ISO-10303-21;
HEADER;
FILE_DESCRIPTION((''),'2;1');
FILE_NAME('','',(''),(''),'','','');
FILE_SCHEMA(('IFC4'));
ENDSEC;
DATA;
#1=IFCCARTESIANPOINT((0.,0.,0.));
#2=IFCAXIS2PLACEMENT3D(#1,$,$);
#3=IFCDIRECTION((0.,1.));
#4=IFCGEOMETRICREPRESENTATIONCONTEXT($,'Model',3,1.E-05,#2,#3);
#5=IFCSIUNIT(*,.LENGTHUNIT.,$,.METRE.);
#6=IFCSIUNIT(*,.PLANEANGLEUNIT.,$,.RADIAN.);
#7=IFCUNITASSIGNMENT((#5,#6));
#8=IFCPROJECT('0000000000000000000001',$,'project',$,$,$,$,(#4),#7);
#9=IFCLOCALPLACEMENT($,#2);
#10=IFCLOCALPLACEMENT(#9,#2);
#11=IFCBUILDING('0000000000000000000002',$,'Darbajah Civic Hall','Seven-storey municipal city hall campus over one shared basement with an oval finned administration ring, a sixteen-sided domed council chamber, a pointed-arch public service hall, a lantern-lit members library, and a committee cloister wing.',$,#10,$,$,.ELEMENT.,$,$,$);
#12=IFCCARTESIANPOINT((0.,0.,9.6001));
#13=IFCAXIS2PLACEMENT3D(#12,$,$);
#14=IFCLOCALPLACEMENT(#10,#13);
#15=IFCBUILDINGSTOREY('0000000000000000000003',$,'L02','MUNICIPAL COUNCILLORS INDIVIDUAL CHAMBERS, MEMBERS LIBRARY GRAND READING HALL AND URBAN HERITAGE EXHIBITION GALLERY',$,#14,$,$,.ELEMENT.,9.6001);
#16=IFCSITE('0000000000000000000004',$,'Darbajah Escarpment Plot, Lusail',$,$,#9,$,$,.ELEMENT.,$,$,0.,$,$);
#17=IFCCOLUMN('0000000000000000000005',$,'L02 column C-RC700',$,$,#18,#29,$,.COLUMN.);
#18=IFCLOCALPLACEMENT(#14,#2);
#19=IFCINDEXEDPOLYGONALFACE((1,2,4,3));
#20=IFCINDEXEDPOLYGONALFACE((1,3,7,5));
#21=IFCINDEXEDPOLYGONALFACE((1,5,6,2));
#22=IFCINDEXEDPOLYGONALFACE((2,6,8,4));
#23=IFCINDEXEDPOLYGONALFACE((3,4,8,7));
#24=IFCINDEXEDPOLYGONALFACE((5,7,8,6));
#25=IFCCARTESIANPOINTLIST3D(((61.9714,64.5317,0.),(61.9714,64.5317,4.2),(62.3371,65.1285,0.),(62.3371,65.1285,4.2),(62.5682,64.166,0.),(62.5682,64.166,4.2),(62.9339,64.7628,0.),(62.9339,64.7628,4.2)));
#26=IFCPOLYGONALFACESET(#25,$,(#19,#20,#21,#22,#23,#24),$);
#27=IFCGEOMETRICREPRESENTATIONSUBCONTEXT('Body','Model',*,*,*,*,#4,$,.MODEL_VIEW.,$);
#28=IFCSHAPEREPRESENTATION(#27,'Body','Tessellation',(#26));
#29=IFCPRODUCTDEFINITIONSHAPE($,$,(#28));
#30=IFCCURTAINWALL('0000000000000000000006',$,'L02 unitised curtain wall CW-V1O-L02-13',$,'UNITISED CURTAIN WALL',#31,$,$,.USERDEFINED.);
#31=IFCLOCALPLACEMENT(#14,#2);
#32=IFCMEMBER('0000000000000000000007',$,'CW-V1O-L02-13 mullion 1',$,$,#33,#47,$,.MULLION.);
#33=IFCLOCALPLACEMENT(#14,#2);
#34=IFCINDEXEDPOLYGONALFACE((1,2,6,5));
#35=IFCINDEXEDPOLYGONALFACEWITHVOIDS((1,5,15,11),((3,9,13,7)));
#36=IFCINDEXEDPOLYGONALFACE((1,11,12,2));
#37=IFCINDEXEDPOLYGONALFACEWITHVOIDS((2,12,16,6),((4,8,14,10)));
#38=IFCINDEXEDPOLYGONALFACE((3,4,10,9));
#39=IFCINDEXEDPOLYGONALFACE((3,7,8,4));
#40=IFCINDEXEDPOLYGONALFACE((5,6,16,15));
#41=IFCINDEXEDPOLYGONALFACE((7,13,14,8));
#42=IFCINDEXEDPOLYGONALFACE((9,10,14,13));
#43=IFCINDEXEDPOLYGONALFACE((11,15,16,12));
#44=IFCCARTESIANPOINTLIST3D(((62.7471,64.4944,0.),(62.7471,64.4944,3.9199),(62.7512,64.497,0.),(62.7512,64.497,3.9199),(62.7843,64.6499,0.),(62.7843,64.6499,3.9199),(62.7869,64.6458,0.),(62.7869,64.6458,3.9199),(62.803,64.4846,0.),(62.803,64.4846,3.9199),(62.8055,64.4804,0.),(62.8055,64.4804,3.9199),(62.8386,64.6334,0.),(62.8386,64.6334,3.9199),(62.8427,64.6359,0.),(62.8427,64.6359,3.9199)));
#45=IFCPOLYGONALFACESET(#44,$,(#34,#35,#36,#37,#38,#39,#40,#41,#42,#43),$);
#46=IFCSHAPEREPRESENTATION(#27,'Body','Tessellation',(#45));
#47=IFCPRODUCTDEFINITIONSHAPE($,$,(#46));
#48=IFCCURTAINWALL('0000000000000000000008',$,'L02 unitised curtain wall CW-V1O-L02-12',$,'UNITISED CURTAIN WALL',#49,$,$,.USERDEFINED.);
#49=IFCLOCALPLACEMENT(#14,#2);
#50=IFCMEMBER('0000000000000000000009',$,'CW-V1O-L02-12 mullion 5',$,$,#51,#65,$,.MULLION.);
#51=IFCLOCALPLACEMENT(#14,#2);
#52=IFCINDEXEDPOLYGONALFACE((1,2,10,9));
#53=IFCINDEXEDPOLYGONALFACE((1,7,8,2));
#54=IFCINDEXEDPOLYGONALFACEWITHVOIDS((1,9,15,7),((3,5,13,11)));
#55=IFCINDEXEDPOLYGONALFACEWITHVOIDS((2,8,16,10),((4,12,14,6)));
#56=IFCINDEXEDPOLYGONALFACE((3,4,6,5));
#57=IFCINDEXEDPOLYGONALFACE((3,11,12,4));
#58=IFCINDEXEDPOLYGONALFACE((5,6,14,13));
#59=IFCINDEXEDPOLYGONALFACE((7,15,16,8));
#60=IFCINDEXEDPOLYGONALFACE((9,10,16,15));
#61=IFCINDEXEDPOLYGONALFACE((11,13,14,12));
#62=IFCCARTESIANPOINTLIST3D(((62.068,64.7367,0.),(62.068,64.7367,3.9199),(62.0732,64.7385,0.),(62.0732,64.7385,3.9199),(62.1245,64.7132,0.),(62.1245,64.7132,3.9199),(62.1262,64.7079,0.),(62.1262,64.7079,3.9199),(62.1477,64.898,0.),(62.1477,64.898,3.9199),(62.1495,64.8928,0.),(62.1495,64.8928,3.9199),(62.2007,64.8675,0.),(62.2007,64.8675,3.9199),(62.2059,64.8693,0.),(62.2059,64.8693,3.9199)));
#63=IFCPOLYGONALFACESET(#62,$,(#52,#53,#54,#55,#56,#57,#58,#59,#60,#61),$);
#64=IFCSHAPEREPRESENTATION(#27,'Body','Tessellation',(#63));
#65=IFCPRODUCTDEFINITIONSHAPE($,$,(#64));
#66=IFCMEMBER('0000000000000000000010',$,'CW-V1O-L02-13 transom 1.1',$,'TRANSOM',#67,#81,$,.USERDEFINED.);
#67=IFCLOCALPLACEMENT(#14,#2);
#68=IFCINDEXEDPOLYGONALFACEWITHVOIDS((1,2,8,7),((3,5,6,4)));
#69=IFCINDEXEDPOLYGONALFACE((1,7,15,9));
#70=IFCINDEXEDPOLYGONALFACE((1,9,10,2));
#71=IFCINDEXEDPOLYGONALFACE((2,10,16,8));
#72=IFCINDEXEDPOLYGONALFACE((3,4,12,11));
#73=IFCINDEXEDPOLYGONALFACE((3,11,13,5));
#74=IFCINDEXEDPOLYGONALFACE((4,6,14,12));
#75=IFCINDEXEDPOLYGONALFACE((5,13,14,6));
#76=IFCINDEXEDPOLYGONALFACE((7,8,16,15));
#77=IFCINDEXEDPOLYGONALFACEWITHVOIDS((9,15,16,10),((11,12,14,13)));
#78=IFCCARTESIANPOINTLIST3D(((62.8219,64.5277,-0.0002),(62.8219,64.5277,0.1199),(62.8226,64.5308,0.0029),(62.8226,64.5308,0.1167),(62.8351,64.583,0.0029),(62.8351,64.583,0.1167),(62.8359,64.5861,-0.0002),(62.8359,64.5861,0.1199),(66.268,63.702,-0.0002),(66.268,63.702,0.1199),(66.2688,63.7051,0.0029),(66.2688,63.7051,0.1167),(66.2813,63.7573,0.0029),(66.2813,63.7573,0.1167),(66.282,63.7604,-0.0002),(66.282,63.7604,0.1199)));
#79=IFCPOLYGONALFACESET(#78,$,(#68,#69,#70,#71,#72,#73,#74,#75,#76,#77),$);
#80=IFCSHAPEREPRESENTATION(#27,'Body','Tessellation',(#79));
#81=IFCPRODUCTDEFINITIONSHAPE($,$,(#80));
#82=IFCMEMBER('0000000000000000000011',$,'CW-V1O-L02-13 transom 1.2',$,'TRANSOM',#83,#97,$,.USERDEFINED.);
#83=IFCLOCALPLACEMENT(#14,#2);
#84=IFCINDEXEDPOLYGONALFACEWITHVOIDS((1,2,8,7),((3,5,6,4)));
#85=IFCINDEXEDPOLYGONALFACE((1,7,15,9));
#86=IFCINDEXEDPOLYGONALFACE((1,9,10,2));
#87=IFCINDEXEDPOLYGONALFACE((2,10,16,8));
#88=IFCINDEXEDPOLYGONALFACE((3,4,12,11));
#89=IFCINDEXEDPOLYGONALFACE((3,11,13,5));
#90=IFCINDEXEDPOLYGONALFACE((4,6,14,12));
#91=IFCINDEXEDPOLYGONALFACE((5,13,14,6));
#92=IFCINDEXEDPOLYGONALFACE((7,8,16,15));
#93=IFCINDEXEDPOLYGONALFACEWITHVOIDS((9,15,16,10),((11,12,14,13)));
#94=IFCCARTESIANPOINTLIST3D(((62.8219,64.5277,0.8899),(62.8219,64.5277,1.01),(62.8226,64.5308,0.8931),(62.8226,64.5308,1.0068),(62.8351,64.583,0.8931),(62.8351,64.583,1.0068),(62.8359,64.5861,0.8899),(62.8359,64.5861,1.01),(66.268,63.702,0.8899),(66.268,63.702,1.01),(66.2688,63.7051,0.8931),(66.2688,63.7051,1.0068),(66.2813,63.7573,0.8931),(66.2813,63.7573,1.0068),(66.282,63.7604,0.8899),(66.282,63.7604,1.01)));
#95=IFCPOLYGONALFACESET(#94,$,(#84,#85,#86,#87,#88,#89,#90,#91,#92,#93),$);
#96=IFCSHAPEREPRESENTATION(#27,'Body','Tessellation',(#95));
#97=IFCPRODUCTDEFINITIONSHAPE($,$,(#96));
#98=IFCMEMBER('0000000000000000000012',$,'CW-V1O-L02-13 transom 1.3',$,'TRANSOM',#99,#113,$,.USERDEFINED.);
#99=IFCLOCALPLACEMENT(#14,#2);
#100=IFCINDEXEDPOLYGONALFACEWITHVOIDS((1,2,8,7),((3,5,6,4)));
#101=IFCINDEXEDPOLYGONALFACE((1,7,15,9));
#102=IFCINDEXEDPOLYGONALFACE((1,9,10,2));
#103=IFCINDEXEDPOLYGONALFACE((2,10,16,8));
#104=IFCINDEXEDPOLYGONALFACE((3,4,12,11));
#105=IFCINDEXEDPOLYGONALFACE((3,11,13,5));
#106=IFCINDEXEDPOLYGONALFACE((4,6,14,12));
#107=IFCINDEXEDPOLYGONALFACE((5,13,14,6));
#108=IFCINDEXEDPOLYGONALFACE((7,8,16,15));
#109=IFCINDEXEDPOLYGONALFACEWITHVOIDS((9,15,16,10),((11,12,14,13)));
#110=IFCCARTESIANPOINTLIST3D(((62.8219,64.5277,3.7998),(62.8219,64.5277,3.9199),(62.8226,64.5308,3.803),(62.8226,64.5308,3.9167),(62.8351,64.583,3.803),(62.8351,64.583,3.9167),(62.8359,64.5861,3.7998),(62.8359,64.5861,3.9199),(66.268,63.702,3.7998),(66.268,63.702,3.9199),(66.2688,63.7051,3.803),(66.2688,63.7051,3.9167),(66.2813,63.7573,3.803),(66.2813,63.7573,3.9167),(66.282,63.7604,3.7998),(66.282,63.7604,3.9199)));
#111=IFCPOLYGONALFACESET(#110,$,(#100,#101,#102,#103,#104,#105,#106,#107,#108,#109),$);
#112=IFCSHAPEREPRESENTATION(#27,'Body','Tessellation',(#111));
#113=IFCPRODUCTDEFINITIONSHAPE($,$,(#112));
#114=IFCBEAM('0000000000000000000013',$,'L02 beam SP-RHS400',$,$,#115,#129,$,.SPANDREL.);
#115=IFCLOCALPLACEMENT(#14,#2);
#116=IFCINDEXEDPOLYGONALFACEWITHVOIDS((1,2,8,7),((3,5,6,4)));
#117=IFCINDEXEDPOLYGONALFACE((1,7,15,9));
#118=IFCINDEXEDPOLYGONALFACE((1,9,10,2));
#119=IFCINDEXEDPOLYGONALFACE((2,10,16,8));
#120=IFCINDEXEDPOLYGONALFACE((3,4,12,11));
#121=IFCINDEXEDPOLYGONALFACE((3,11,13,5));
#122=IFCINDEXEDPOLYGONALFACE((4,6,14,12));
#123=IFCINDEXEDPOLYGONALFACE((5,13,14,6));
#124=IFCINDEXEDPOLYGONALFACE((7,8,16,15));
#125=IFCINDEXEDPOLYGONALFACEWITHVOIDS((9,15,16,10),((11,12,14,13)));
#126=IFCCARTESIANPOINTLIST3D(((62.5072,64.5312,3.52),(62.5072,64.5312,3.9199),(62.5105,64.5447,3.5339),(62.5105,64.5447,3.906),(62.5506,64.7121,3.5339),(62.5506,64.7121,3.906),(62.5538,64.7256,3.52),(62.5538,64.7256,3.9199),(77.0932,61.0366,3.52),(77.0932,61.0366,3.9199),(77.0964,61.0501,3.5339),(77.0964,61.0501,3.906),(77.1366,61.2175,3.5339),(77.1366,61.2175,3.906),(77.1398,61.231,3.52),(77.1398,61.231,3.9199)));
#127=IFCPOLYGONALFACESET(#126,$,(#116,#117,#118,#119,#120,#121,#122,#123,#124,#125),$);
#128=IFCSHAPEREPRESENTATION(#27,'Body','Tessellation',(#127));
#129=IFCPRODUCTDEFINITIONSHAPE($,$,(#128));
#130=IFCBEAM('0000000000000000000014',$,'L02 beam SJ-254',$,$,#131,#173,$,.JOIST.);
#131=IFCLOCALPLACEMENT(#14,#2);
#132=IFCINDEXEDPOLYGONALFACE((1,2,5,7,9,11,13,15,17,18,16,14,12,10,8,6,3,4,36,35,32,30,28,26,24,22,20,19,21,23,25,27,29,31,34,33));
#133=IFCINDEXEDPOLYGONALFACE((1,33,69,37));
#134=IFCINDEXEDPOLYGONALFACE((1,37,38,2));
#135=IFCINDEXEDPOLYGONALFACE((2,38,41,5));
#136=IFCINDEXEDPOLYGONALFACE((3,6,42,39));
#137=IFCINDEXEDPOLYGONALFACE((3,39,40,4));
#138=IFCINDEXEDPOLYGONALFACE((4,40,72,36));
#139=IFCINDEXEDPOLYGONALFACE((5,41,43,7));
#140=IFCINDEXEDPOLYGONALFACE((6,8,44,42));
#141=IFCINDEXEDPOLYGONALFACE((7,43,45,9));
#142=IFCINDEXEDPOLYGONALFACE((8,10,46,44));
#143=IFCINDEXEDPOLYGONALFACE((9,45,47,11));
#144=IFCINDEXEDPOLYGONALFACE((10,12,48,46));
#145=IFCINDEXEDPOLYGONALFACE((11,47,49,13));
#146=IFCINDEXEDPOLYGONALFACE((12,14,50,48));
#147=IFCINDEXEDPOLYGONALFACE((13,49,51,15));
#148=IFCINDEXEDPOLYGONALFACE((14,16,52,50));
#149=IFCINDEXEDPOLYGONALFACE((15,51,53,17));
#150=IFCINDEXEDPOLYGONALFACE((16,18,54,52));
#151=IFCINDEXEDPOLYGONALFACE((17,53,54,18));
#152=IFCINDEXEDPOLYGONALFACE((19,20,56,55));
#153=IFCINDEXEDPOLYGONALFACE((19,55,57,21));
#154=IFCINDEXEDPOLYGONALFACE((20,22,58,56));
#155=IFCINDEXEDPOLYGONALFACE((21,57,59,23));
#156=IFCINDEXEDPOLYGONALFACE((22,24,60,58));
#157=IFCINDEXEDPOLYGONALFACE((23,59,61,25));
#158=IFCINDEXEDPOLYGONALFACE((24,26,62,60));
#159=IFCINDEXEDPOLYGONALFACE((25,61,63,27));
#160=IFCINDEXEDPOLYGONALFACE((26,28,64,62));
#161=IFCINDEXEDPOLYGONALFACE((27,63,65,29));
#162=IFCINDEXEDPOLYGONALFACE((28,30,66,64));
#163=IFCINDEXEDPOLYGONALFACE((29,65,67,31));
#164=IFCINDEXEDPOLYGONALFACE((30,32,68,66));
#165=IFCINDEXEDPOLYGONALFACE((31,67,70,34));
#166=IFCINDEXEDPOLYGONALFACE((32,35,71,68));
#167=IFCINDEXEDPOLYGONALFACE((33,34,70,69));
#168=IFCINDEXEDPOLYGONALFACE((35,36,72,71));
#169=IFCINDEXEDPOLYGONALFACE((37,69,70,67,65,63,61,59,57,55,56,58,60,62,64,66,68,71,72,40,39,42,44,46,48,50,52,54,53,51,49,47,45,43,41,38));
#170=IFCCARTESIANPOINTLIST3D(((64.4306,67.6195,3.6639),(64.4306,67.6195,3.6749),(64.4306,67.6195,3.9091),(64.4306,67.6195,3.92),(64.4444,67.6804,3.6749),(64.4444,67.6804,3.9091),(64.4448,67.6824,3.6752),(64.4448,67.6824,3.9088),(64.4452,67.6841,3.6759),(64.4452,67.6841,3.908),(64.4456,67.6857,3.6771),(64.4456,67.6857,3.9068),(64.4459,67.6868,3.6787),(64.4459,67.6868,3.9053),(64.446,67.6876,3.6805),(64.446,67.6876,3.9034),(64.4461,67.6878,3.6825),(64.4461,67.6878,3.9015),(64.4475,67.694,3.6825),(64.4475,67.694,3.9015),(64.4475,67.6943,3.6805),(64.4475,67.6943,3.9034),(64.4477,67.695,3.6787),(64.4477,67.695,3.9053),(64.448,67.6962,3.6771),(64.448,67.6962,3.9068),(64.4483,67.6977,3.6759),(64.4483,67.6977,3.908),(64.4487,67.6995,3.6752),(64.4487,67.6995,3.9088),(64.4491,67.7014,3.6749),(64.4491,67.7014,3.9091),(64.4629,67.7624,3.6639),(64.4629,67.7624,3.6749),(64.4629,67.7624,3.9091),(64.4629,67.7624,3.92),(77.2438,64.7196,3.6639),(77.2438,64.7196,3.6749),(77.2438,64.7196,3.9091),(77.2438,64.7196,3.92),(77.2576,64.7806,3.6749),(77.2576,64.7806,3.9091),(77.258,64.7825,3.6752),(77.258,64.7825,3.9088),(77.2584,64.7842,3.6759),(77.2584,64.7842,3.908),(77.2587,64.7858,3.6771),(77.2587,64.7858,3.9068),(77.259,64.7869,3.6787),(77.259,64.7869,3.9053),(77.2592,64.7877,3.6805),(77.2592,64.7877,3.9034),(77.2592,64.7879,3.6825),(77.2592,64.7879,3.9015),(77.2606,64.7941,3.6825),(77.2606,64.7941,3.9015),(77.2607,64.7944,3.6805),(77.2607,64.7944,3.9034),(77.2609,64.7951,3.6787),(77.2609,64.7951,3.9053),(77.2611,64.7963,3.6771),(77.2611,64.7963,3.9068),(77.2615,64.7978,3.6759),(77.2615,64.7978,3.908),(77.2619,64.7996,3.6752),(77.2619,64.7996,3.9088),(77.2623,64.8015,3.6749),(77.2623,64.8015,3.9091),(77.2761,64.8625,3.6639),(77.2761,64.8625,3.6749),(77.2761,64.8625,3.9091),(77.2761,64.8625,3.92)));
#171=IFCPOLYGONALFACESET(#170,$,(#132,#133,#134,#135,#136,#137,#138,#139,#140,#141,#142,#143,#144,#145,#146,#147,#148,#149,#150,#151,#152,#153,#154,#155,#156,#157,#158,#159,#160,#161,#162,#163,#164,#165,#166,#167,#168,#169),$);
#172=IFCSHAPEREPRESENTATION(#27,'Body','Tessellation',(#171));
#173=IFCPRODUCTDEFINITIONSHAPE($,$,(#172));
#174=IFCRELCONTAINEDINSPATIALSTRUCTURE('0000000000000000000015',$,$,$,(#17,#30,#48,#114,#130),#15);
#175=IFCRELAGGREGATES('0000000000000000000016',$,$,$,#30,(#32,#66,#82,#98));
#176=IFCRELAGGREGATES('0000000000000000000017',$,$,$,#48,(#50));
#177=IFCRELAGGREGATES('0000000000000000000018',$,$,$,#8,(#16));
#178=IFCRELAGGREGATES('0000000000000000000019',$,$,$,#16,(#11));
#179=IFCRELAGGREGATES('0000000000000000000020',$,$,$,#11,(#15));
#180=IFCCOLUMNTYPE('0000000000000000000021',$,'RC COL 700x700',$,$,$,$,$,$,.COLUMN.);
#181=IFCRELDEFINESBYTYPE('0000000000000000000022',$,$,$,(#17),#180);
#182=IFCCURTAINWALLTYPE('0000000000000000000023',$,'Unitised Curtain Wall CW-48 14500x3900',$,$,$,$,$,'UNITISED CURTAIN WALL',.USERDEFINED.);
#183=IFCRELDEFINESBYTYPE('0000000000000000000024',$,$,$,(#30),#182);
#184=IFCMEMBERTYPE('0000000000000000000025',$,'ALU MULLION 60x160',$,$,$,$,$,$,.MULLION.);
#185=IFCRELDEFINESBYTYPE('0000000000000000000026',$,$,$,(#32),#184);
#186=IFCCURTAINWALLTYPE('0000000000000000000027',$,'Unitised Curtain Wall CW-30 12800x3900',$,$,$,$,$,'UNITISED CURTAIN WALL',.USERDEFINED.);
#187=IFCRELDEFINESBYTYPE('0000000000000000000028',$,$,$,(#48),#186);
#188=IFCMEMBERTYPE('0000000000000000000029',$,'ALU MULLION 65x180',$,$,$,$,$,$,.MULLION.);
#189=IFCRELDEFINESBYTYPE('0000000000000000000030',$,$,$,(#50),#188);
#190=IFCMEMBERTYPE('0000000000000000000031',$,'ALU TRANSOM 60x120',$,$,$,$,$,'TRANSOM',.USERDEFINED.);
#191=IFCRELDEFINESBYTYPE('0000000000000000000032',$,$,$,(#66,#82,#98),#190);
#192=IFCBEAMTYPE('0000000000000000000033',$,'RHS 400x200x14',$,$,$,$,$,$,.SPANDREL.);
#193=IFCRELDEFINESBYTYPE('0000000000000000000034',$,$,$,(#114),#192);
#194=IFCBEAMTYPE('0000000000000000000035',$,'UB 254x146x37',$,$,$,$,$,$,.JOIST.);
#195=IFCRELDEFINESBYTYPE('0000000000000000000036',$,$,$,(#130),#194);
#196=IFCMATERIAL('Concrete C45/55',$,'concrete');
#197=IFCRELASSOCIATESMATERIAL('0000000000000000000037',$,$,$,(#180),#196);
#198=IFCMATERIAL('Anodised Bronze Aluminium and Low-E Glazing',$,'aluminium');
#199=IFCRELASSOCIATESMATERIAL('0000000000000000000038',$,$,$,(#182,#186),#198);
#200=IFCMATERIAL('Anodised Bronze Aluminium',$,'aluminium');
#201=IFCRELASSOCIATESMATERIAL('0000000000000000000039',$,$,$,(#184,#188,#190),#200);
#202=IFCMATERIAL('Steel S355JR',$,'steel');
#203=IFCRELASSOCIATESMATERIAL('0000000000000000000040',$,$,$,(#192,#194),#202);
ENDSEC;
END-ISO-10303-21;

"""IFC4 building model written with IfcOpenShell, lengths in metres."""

from ifc_helpers import new_model, si_unit, direction, frame, origin, origin_2d, place, context, subcontext, project, spatial, rectangle, hollow_rectangle, i_section, extrude, material, material_profile, profile_set, type_object, element, aggregate, save


model = new_model("IFC4")

# Units and contexts
model_context = context("Model", 3, precision=1e-05, world=origin(), true_north=direction((0.0, 1.0)))
body_context = subcontext(model_context, "Body", "Model", "MODEL_VIEW")
ifc_project = project(units=[si_unit("LENGTHUNIT", "METRE"), si_unit("PLANEANGLEUNIT", "RADIAN")], contexts=[model_context])

# Site, building, storey
site_placement = place(None, origin())
site = spatial("IfcSite", under=ifc_project, at=site_placement, Name="Darbajah Escarpment Plot, Lusail", CompositionType="ELEMENT", RefElevation=0.0)
building_placement = place(site_placement, origin())
building = spatial("IfcBuilding", under=site, at=building_placement, Name="Darbajah Civic Hall", Description="Seven-storey municipal city hall campus over one shared basement with an oval finned administration ring, a sixteen-sided domed council chamber, a pointed-arch public service hall, a lantern-lit members library, and a committee cloister wing.", CompositionType="ELEMENT")
storey_placement = place(building_placement, frame((0.0, 0.0, 9.6001)))
storey = spatial("IfcBuildingStorey", under=building, at=storey_placement, Name="L02", Description="MUNICIPAL COUNCILLORS INDIVIDUAL CHAMBERS, MEMBERS LIBRARY GRAND READING HALL AND URBAN HERITAGE EXHIBITION GALLERY", CompositionType="ELEMENT", Elevation=9.6001)

# Column
ifc_material_1 = material(Name="Concrete C45/55", Category="concrete")
ifc_material_profile_1 = material_profile(ifc_material_1, rectangle(XDim=0.7, YDim=0.7, at=origin_2d()), Name="RC COL 700x700")
ifc_profile_set_1 = profile_set([ifc_material_profile_1], Name="Concrete C45/55")
column_type = type_object("IfcColumnType", Name="RC COL 700x700", PredefinedType="COLUMN", material=ifc_profile_set_1)
column_placement = place(storey_placement, frame((62.4526, 64.6472, 0.0), z_axis=(0.0, 0.0, 1.0), x_axis=(-0.522499, -0.85264, 0.0)))
element("IfcColumn", 1, at=column_placement, inside=storey, type_object=column_type, Name="L02 column C-RC700", PredefinedType="COLUMN", context=body_context, shape_type="SweptSolid", body=[
    extrude(rectangle(XDim=0.7, YDim=0.7, at=origin_2d()), origin(), (0.0, 0.0, 1.0), 4.2),
])

# Curtain walls, members
ifc_material_2 = material(Name="Anodised Bronze Aluminium and Low-E Glazing", Category="aluminium")
curtain_wall_type_1 = type_object("IfcCurtainWallType", Name="Unitised Curtain Wall CW-48 14500x3900", ElementType="UNITISED CURTAIN WALL", PredefinedType="USERDEFINED", material=ifc_material_2)
curtain_wall_1_placement = place(storey_placement, origin())
curtain_wall_1 = element("IfcCurtainWall", 2, at=curtain_wall_1_placement, inside=storey, type_object=curtain_wall_type_1, Name="L02 unitised curtain wall CW-V1O-L02-13", ObjectType="UNITISED CURTAIN WALL", PredefinedType="USERDEFINED")
ifc_material_3 = material(Name="Anodised Bronze Aluminium", Category="aluminium")
ifc_material_profile_2 = material_profile(ifc_material_3, hollow_rectangle(XDim=0.0601, YDim=0.1599, WallThickness=0.0034, at=origin_2d()), Name="ALU MULLION 60x160")
ifc_profile_set_2 = profile_set([ifc_material_profile_2], Name="Anodised Bronze Aluminium")
member_type_1 = type_object("IfcMemberType", Name="ALU MULLION 60x160", PredefinedType="MULLION", material=ifc_profile_set_2)
member_1_placement = place(storey_placement, frame((62.7949, 64.5652, 0.0), z_axis=(0.0, 0.0, 1.0), x_axis=(0.972492, -0.232936, 0.0)))
member_1 = element("IfcMember", 3, at=member_1_placement, type_object=member_type_1, Name="CW-V1O-L02-13 mullion 1", PredefinedType="MULLION", context=body_context, shape_type="SweptSolid", body=[
    extrude(hollow_rectangle(XDim=0.0601, YDim=0.1599, WallThickness=0.0034, at=origin_2d()), origin(), (0.0, 0.0, 1.0), 3.9199),
])
curtain_wall_type_2 = type_object("IfcCurtainWallType", Name="Unitised Curtain Wall CW-30 12800x3900", ElementType="UNITISED CURTAIN WALL", PredefinedType="USERDEFINED", material=ifc_material_2)
curtain_wall_2_placement = place(storey_placement, origin())
curtain_wall_2 = element("IfcCurtainWall", 4, at=curtain_wall_2_placement, inside=storey, type_object=curtain_wall_type_2, Name="L02 unitised curtain wall CW-V1O-L02-12", ObjectType="UNITISED CURTAIN WALL", PredefinedType="USERDEFINED")
ifc_material_profile_3 = material_profile(ifc_material_3, hollow_rectangle(XDim=0.0649, YDim=0.1799, WallThickness=0.0039, at=origin_2d()), Name="ALU MULLION 65x180")
ifc_profile_set_3 = profile_set([ifc_material_profile_3], Name="Anodised Bronze Aluminium")
member_type_2 = type_object("IfcMemberType", Name="ALU MULLION 65x180", PredefinedType="MULLION", material=ifc_profile_set_3)
member_2_placement = place(storey_placement, frame((62.137, 64.803, 0.0), z_axis=(0.0, 0.0, 1.0), x_axis=(0.896564, -0.442915, 0.0)))
member_2 = element("IfcMember", 5, at=member_2_placement, type_object=member_type_2, Name="CW-V1O-L02-12 mullion 5", PredefinedType="MULLION", context=body_context, shape_type="SweptSolid", body=[
    extrude(hollow_rectangle(XDim=0.0649, YDim=0.1799, WallThickness=0.0039, at=origin_2d()), origin(), (0.0, 0.0, 1.0), 3.9199),
])

# Members
ifc_material_profile_4 = material_profile(ifc_material_3, hollow_rectangle(XDim=0.0601, YDim=0.1201, WallThickness=0.0032, at=origin_2d()), Name="ALU TRANSOM 60x120")
ifc_profile_set_4 = profile_set([ifc_material_profile_4], Name="Anodised Bronze Aluminium")
member_type_3 = type_object("IfcMemberType", Name="ALU TRANSOM 60x120", ElementType="TRANSOM", PredefinedType="USERDEFINED", material=ifc_profile_set_4)
member_3_placement = place(storey_placement, frame((62.8289, 64.5569, 0.0598), z_axis=(0.972479, -0.232993, 0.0), x_axis=(0.232993, 0.972479, 0.0)))
member_3 = element("IfcMember", 6, at=member_3_placement, type_object=member_type_3, Name="CW-V1O-L02-13 transom 1.1", ObjectType="TRANSOM", PredefinedType="USERDEFINED", context=body_context, shape_type="SweptSolid", body=[
    extrude(hollow_rectangle(XDim=0.0601, YDim=0.1201, WallThickness=0.0032, at=origin_2d()), origin(), (0.0, 0.0, 1.0), 3.5437),
])
member_4_placement = place(storey_placement, frame((62.8289, 64.5569, 0.95), z_axis=(0.972479, -0.232993, 0.0), x_axis=(0.232993, 0.972479, 0.0)))
member_4 = element("IfcMember", 7, at=member_4_placement, type_object=member_type_3, Name="CW-V1O-L02-13 transom 1.2", ObjectType="TRANSOM", PredefinedType="USERDEFINED", context=body_context, shape_type="SweptSolid", body=[
    extrude(hollow_rectangle(XDim=0.0601, YDim=0.1201, WallThickness=0.0032, at=origin_2d()), origin(), (0.0, 0.0, 1.0), 3.5437),
])
member_5_placement = place(storey_placement, frame((62.8289, 64.5569, 3.8599), z_axis=(0.972479, -0.232993, 0.0), x_axis=(0.232993, 0.972479, 0.0)))
member_5 = element("IfcMember", 8, at=member_5_placement, type_object=member_type_3, Name="CW-V1O-L02-13 transom 1.3", ObjectType="TRANSOM", PredefinedType="USERDEFINED", context=body_context, shape_type="SweptSolid", body=[
    extrude(hollow_rectangle(XDim=0.0601, YDim=0.1201, WallThickness=0.0032, at=origin_2d()), origin(), (0.0, 0.0, 1.0), 3.5437),
])

# Beams
ifc_material_4 = material(Name="Steel S355JR", Category="steel")
ifc_material_profile_5 = material_profile(ifc_material_4, hollow_rectangle(XDim=0.2, YDim=0.3999, WallThickness=0.0139, at=origin_2d()), Name="RHS 400x200x14")
ifc_profile_set_5 = profile_set([ifc_material_profile_5], Name="Steel S355JR")
beam_type_1 = type_object("IfcBeamType", Name="RHS 400x200x14", PredefinedType="SPANDREL", material=ifc_profile_set_5)
beam_1_placement = place(storey_placement, frame((62.5305, 64.6284, 3.72), z_axis=(0.972478, -0.232995, 0.0), x_axis=(0.232995, 0.972478, 0.0)))
element("IfcBeam", 9, at=beam_1_placement, inside=storey, type_object=beam_type_1, Name="L02 beam SP-RHS400", PredefinedType="SPANDREL", context=body_context, shape_type="SweptSolid", body=[
    extrude(hollow_rectangle(XDim=0.2, YDim=0.3999, WallThickness=0.0139, at=origin_2d()), origin(), (0.0, 0.0, 1.0), 14.9988),
])
ifc_material_profile_6 = material_profile(ifc_material_4, i_section(OverallWidth=0.1465, OverallDepth=0.2561, WebThickness=0.0063, FlangeThickness=0.011, FilletRadius=0.0076, at=origin_2d()), Name="UB 254x146x37")
ifc_profile_set_6 = profile_set([ifc_material_profile_6], Name="Steel S355JR")
beam_type_2 = type_object("IfcBeamType", Name="UB 254x146x37", PredefinedType="JOIST", material=ifc_profile_set_6)
beam_2_placement = place(storey_placement, frame((64.4468, 67.6909, 3.792), z_axis=(0.975333, -0.220738, 0.0), x_axis=(0.220738, 0.975333, 0.0)))
element("IfcBeam", 10, at=beam_2_placement, inside=storey, type_object=beam_type_2, Name="L02 beam SJ-254", PredefinedType="JOIST", context=body_context, shape_type="SweptSolid", body=[
    extrude(i_section(OverallWidth=0.1465, OverallDepth=0.2561, WebThickness=0.0063, FlangeThickness=0.011, FilletRadius=0.0076, at=origin_2d()), origin(), (0.0, 0.0, 1.0), 13.1372),
])

aggregate(curtain_wall_1, [member_1, member_3, member_4, member_5])
aggregate(curtain_wall_2, [member_2])

save(model, "model.ifc")
